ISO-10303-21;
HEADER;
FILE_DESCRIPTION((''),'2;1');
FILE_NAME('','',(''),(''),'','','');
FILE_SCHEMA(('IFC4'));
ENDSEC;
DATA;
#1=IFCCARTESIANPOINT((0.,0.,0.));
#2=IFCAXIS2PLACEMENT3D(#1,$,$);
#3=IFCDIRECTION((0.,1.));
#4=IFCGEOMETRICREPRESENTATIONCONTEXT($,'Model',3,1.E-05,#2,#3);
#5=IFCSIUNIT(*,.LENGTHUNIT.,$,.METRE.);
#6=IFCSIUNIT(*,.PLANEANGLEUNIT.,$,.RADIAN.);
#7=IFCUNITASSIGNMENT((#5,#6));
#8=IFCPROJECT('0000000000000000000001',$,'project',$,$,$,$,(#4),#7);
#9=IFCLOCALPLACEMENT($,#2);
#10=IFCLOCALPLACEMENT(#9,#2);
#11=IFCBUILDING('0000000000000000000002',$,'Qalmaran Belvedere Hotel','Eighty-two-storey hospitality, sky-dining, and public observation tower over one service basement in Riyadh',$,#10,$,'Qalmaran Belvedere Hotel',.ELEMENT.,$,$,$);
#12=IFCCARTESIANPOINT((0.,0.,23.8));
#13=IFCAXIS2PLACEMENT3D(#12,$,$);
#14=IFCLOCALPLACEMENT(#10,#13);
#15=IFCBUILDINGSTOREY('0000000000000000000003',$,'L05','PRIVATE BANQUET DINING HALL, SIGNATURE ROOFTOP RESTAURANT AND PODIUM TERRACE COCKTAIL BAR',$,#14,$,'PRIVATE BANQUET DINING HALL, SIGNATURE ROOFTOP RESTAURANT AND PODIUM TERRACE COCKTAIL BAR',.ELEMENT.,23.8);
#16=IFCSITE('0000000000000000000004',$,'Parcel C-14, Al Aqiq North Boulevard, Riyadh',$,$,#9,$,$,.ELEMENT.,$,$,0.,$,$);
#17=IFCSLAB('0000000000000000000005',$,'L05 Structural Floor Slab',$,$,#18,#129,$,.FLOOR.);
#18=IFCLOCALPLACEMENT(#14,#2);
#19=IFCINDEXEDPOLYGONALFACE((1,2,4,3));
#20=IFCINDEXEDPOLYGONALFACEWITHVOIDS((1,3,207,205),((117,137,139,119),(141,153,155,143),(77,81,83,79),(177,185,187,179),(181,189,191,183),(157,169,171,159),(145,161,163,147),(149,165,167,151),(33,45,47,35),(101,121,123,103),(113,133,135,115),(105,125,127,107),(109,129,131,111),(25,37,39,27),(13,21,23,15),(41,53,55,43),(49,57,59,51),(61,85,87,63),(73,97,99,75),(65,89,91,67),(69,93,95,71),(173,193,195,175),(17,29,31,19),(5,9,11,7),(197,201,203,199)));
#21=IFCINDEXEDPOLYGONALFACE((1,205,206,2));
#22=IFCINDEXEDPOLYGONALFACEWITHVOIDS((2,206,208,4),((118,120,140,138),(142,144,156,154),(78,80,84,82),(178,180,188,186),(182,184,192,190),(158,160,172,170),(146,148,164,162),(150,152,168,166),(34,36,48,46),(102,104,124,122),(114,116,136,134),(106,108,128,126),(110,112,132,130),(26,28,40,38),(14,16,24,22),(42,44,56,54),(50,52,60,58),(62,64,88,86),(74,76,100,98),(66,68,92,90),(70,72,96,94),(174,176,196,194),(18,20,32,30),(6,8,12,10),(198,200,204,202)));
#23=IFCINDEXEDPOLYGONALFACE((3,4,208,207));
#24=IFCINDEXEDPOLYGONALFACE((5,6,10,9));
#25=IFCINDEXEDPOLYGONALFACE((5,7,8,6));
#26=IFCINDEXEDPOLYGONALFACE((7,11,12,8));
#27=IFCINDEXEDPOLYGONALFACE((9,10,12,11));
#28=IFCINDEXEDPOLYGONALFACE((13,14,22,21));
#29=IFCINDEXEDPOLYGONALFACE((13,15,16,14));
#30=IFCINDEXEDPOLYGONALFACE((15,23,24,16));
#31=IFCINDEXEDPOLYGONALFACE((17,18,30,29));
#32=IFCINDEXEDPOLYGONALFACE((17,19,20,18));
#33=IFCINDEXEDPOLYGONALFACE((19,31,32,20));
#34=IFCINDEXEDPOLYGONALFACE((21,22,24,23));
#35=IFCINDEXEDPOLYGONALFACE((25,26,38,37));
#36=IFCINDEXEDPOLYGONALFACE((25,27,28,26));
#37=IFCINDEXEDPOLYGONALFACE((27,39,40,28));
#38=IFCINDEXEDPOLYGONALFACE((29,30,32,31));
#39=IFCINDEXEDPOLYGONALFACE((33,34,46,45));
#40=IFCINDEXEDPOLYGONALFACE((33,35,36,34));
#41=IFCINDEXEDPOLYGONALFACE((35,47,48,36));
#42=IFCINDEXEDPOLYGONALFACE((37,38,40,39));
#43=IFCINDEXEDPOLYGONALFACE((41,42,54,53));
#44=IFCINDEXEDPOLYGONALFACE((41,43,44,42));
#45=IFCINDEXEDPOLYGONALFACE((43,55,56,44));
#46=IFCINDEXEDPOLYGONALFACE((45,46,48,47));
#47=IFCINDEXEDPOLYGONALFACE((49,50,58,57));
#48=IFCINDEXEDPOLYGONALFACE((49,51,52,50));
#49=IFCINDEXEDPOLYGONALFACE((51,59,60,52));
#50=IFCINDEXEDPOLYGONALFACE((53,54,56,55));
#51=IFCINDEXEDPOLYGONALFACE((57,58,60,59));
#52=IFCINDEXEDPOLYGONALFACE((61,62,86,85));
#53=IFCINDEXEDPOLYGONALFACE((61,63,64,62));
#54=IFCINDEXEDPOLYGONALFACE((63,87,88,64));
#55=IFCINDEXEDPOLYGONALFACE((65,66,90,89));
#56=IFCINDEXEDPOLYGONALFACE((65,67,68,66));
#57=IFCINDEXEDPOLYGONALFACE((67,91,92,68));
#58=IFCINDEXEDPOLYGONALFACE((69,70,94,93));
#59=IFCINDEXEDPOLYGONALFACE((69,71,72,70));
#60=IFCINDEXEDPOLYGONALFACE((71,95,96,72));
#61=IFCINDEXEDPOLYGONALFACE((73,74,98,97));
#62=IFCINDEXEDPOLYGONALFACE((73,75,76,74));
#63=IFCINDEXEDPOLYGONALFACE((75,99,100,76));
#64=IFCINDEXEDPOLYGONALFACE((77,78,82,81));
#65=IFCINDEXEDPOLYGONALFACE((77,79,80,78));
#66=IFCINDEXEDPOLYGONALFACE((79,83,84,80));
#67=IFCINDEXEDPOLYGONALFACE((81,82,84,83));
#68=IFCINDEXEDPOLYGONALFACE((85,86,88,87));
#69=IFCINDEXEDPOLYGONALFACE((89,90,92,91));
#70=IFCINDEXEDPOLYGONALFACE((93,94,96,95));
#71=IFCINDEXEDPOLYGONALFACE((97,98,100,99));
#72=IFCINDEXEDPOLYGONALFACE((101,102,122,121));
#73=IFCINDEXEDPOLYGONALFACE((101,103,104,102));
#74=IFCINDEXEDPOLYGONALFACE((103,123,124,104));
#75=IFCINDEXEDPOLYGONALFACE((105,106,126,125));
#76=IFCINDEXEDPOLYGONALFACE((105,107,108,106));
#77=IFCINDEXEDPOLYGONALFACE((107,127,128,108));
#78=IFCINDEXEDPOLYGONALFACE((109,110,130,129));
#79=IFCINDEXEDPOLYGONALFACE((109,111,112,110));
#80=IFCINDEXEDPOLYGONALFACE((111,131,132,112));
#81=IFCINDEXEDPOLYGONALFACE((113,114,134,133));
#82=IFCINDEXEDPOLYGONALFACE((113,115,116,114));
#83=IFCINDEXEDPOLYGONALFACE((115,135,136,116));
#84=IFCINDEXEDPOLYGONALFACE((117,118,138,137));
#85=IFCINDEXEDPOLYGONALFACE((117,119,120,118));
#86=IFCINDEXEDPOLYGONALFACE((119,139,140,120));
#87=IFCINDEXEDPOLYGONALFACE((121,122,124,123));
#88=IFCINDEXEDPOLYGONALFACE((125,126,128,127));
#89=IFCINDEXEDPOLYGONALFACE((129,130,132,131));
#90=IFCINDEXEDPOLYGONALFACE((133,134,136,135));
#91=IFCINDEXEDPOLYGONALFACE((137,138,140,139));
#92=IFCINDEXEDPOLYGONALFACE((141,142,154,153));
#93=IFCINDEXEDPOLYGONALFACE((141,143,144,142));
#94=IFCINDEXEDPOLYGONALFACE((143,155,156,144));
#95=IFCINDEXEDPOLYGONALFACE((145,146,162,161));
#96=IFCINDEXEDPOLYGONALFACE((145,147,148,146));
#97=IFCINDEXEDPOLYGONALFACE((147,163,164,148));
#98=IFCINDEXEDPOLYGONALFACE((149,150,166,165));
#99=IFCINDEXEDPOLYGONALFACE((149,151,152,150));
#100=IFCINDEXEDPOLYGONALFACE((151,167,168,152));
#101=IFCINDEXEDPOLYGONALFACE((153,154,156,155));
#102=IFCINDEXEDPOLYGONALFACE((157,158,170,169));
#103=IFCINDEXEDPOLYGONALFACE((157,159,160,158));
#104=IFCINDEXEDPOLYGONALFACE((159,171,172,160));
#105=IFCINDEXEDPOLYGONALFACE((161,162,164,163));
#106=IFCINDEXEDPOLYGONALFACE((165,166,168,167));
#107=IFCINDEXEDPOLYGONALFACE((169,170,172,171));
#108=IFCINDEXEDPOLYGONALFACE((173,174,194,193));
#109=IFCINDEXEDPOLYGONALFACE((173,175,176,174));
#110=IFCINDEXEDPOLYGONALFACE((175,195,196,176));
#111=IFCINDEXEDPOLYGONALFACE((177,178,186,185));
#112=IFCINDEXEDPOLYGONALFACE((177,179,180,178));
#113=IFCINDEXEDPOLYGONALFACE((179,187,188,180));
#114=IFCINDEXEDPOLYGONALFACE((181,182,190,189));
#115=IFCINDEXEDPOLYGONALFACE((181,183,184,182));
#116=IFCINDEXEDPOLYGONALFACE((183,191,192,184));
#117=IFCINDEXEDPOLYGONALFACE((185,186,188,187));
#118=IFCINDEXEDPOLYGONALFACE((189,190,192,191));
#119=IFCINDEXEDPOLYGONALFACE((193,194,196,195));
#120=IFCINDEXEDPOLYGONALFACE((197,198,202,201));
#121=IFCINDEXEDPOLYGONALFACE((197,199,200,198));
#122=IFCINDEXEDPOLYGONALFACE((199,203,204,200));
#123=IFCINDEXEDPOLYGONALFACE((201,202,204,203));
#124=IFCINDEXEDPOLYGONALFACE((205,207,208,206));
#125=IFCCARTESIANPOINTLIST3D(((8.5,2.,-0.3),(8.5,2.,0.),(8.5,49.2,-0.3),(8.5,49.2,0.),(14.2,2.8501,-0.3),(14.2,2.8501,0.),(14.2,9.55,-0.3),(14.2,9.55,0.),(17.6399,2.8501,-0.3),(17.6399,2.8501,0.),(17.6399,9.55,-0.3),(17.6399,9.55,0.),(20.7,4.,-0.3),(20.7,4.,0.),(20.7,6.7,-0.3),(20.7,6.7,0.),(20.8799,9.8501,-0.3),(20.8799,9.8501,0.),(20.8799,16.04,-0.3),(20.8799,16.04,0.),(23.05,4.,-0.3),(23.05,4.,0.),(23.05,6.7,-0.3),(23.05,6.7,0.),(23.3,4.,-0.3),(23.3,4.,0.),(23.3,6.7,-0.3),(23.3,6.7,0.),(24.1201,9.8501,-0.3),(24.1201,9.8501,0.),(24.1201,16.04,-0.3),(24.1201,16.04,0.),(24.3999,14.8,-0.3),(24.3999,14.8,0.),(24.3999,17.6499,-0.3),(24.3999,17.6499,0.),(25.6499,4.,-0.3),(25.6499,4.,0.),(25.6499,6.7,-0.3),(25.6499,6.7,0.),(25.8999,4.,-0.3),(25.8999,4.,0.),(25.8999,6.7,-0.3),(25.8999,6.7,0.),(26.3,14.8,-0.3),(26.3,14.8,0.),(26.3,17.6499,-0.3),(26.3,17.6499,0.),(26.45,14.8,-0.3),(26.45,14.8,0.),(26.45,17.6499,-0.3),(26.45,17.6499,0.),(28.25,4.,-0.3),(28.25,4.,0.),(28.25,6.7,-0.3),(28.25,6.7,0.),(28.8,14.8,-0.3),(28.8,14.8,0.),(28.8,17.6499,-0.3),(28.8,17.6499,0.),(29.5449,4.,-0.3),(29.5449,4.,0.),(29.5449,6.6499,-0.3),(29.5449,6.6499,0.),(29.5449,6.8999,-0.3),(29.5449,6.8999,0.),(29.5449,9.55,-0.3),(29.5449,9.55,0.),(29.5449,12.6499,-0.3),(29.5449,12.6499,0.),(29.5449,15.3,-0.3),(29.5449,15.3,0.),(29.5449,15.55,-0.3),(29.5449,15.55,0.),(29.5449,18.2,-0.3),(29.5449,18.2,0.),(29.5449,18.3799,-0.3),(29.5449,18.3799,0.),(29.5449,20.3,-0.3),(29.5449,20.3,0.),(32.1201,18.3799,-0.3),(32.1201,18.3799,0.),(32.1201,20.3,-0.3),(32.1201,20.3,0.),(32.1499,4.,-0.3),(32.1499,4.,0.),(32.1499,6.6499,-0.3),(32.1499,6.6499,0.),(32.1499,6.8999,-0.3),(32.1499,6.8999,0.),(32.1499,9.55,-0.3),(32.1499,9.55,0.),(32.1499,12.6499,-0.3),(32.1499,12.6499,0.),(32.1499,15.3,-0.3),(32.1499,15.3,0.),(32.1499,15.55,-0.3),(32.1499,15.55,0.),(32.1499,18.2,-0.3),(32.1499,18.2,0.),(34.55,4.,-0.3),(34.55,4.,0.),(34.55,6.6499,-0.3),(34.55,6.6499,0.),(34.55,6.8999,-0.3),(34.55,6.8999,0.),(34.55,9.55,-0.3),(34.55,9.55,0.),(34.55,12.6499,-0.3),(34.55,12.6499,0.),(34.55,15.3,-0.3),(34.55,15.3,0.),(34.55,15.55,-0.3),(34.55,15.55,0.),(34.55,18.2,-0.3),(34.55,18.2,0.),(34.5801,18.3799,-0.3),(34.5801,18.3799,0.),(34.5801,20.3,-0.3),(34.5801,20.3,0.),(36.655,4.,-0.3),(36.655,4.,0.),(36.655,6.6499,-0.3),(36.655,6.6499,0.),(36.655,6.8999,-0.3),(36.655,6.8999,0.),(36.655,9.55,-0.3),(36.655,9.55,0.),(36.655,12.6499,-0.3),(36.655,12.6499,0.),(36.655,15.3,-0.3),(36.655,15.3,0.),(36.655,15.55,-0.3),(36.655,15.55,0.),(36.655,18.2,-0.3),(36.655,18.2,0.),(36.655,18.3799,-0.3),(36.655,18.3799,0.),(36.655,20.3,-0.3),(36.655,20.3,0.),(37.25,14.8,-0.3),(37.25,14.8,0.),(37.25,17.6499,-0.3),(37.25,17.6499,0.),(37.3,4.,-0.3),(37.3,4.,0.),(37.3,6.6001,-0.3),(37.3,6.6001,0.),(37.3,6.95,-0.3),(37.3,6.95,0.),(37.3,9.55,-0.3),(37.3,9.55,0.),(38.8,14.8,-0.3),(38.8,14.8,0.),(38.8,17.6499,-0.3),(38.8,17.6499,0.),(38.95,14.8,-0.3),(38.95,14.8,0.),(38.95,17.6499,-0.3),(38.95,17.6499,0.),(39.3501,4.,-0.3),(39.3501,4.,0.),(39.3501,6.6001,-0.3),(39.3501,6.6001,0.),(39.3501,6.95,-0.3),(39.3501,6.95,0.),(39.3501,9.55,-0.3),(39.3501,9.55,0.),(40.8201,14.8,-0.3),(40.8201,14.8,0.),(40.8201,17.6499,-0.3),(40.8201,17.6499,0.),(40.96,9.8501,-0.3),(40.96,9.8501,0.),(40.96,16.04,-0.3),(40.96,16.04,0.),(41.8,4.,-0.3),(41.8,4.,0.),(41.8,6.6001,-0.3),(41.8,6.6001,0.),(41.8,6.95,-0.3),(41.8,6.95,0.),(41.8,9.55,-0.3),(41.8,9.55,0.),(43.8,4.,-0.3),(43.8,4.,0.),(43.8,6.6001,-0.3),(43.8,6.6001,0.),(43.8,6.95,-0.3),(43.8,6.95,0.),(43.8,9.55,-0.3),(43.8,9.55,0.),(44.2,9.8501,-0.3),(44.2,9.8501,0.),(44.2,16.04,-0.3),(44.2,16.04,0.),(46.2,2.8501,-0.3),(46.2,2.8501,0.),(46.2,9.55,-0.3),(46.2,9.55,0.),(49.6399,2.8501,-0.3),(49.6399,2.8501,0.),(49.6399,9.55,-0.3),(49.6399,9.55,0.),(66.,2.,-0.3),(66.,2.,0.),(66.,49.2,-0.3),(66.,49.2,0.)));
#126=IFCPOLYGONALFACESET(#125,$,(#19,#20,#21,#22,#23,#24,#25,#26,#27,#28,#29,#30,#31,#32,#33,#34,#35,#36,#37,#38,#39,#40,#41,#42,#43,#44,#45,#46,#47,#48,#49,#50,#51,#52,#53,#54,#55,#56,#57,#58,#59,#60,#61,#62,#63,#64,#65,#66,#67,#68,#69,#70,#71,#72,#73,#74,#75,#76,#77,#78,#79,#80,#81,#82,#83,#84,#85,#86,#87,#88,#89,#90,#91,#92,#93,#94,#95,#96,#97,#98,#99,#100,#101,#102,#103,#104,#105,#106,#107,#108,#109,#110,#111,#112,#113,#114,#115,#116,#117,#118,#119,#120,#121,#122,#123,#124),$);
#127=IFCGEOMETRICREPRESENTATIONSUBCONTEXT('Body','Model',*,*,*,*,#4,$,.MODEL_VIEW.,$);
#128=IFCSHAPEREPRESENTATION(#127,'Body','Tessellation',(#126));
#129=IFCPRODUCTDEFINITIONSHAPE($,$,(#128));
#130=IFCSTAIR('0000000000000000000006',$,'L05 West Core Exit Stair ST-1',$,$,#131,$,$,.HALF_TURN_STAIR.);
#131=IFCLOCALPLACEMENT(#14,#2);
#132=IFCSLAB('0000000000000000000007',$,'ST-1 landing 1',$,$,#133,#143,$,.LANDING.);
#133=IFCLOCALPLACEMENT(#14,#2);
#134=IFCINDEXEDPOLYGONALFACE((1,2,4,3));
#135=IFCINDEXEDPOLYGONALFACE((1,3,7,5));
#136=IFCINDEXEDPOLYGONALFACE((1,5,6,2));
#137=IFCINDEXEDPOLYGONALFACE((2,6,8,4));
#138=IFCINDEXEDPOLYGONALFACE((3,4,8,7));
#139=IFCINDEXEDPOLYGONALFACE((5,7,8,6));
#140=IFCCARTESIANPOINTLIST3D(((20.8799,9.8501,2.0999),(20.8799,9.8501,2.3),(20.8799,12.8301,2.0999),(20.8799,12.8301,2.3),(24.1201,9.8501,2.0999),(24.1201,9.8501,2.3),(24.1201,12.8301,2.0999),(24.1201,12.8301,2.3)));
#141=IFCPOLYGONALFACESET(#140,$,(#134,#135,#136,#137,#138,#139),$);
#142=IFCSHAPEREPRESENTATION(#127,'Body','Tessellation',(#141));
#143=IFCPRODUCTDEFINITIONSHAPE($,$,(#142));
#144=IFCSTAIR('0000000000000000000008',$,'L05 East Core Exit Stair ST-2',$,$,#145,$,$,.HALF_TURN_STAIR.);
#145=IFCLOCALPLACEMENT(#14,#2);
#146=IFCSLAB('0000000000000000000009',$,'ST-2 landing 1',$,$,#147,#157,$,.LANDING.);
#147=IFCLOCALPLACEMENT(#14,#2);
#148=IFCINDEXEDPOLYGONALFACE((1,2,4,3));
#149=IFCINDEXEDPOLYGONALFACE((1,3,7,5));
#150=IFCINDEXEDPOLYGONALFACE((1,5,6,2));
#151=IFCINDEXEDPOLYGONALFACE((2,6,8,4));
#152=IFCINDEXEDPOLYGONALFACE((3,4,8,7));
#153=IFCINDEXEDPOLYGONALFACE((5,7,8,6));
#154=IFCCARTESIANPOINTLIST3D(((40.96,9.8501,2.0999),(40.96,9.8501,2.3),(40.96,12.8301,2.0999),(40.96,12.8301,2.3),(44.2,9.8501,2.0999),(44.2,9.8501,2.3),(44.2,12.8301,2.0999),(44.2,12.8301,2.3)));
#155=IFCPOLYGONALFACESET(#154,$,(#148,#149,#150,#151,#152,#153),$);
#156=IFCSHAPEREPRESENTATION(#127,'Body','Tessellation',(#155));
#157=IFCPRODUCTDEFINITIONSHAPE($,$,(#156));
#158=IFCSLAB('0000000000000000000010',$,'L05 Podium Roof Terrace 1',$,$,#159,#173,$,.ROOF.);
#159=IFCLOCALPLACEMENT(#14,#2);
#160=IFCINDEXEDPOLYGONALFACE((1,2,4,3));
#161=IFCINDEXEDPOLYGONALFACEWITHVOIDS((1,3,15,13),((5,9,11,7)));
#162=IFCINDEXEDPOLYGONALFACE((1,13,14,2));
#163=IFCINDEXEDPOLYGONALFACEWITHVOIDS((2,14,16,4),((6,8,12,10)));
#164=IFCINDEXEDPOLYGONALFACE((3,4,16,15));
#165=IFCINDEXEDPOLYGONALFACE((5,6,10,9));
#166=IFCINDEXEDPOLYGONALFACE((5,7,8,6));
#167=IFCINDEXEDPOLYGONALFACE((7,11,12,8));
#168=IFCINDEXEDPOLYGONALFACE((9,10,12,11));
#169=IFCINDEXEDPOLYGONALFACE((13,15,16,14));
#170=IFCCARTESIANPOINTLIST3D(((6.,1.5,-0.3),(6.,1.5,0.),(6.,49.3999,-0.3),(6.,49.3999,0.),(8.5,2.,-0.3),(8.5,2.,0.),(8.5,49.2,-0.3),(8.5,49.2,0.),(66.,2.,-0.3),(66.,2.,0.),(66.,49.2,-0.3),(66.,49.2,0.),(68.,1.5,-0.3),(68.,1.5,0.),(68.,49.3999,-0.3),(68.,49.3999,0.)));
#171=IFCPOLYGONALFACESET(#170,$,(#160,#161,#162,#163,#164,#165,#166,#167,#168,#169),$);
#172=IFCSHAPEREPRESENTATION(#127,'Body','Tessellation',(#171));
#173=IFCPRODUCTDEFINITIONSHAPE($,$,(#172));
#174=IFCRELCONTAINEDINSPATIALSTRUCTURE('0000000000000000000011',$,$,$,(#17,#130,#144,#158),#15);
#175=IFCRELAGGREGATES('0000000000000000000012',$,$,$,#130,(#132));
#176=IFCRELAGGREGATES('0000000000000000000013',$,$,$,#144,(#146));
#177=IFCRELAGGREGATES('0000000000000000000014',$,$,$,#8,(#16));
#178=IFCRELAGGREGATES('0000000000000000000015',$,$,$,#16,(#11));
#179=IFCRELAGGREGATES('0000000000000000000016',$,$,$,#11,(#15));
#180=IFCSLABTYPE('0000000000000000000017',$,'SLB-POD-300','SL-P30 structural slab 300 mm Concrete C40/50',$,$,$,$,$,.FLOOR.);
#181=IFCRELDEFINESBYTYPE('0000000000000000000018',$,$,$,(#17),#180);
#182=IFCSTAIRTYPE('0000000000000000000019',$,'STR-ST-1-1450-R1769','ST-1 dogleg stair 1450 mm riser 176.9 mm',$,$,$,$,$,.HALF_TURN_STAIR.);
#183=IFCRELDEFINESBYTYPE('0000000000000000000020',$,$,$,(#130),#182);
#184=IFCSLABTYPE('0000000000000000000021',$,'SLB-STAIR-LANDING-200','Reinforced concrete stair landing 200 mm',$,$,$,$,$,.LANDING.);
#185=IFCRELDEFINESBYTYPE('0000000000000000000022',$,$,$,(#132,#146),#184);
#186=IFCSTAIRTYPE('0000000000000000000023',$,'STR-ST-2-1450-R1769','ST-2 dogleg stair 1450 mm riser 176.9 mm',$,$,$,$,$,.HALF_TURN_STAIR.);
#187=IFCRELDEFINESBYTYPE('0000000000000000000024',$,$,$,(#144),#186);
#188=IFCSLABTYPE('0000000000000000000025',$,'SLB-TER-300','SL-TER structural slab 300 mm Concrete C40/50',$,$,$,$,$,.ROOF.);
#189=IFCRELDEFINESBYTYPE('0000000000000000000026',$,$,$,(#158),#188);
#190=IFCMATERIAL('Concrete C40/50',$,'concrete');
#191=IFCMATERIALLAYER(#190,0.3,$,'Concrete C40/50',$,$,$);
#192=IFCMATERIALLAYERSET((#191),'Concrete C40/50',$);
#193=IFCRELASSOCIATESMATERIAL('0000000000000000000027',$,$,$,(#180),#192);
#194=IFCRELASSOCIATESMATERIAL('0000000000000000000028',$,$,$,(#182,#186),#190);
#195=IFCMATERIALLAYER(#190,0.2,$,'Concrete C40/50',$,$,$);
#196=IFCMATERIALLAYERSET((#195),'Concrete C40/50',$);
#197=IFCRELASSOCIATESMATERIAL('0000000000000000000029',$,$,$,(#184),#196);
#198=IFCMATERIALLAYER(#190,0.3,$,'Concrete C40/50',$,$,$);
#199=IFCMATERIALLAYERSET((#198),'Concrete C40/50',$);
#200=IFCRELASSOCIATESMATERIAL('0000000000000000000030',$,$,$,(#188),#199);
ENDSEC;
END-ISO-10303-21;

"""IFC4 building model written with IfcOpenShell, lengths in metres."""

from ifc_helpers import new_model, si_unit, direction, frame, origin, place, context, subcontext, project, spatial, polyline, outline, extrude, material, layer, layer_set, type_object, element, aggregate, save


model = new_model("IFC4")

# Units and contexts
model_context = context("Model", 3, precision=1e-05, world=origin(), true_north=direction((0.0, 1.0)))
body_context = subcontext(model_context, "Body", "Model", "MODEL_VIEW")
ifc_project = project(units=[si_unit("LENGTHUNIT", "METRE"), si_unit("PLANEANGLEUNIT", "RADIAN")], contexts=[model_context])

# Site, building, storey
site_placement = place(None, origin())
site = spatial("IfcSite", under=ifc_project, at=site_placement, Name="Parcel C-14, Al Aqiq North Boulevard, Riyadh", CompositionType="ELEMENT", RefElevation=0.0)
building_placement = place(site_placement, origin())
building = spatial("IfcBuilding", under=site, at=building_placement, Name="Qalmaran Belvedere Hotel", Description="Eighty-two-storey hospitality, sky-dining, and public observation tower over one service basement in Riyadh", LongName="Qalmaran Belvedere Hotel", CompositionType="ELEMENT")
storey_placement = place(building_placement, frame((0.0, 0.0, 23.8)))
storey = spatial("IfcBuildingStorey", under=building, at=storey_placement, Name="L05", Description="PRIVATE BANQUET DINING HALL, SIGNATURE ROOFTOP RESTAURANT AND PODIUM TERRACE COCKTAIL BAR", LongName="PRIVATE BANQUET DINING HALL, SIGNATURE ROOFTOP RESTAURANT AND PODIUM TERRACE COCKTAIL BAR", CompositionType="ELEMENT", Elevation=23.8)

# Slab
ifc_material_1 = material(Name="Concrete C40/50", Category="concrete")
ifc_layer_1 = layer(ifc_material_1, 0.3, Name="Concrete C40/50")
ifc_layer_set_1 = layer_set([ifc_layer_1], Name="Concrete C40/50")
slab_type_1 = type_object("IfcSlabType", Name="SLB-POD-300", Description="SL-P30 structural slab 300 mm Concrete C40/50", PredefinedType="FLOOR", material=ifc_layer_set_1)
slab_1_placement = place(storey_placement, frame((0.0, 0.0, -0.3)))
element("IfcSlab", 1, at=slab_1_placement, inside=storey, type_object=slab_type_1, Name="L05 Structural Floor Slab", PredefinedType="FLOOR", context=body_context, shape_type="SweptSolid", body=[
    extrude(outline(polyline([(8.5, 2.0), (66.0, 2.0), (66.0, 49.2), (8.5, 49.2), (8.5, 2.0)]), holes=[polyline([(20.8799, 9.8501), (24.1201, 9.8501), (24.1201, 16.04), (20.8799, 16.04), (20.8799, 9.8501)]), polyline([(40.96, 9.8501), (44.2, 9.8501), (44.2, 16.04), (40.96, 16.04), (40.96, 9.8501)]), polyline([(14.2, 2.8501), (17.6399, 2.8501), (17.6399, 9.55), (14.2, 9.55), (14.2, 2.8501)]), polyline([(46.2, 2.8501), (49.6399, 2.8501), (49.6399, 9.55), (46.2, 9.55), (46.2, 2.8501)]), polyline([(29.5449, 4.0), (32.1499, 4.0), (32.1499, 6.6499), (29.5449, 6.6499), (29.5449, 4.0)]), polyline([(29.5449, 6.8999), (32.1499, 6.8999), (32.1499, 9.55), (29.5449, 9.55), (29.5449, 6.8999)]), polyline([(34.55, 4.0), (36.655, 4.0), (36.655, 6.6499), (34.55, 6.6499), (34.55, 4.0)]), polyline([(34.55, 6.8999), (36.655, 6.8999), (36.655, 9.55), (34.55, 9.55), (34.55, 6.8999)]), polyline([(29.5449, 12.6499), (32.1499, 12.6499), (32.1499, 15.3), (29.5449, 15.3), (29.5449, 12.6499)]), polyline([(29.5449, 15.55), (32.1499, 15.55), (32.1499, 18.2), (29.5449, 18.2), (29.5449, 15.55)]), polyline([(34.55, 12.6499), (36.655, 12.6499), (36.655, 15.3), (34.55, 15.3), (34.55, 12.6499)]), polyline([(34.55, 15.55), (36.655, 15.55), (36.655, 18.2), (34.55, 18.2), (34.55, 15.55)]), polyline([(37.3, 4.0), (39.3501, 4.0), (39.3501, 6.6001), (37.3, 6.6001), (37.3, 4.0)]), polyline([(37.3, 6.95), (39.3501, 6.95), (39.3501, 9.55), (37.3, 9.55), (37.3, 6.95)]), polyline([(41.8, 4.0), (43.8, 4.0), (43.8, 6.6001), (41.8, 6.6001), (41.8, 4.0)]), polyline([(41.8, 6.95), (43.8, 6.95), (43.8, 9.55), (41.8, 9.55), (41.8, 6.95)]), polyline([(20.7, 4.0), (23.05, 4.0), (23.05, 6.7), (20.7, 6.7), (20.7, 4.0)]), polyline([(23.3, 4.0), (25.6499, 4.0), (25.6499, 6.7), (23.3, 6.7), (23.3, 4.0)]), polyline([(25.8999, 4.0), (28.25, 4.0), (28.25, 6.7), (25.8999, 6.7), (25.8999, 4.0)]), polyline([(24.3999, 14.8), (26.3, 14.8), (26.3, 17.6499), (24.3999, 17.6499), (24.3999, 14.8)]), polyline([(38.95, 14.8), (40.8201, 14.8), (40.8201, 17.6499), (38.95, 17.6499), (38.95, 14.8)]), polyline([(26.45, 14.8), (28.8, 14.8), (28.8, 17.6499), (26.45, 17.6499), (26.45, 14.8)]), polyline([(37.25, 14.8), (38.8, 14.8), (38.8, 17.6499), (37.25, 17.6499), (37.25, 14.8)]), polyline([(29.5449, 18.3799), (32.1201, 18.3799), (32.1201, 20.3), (29.5449, 20.3), (29.5449, 18.3799)]), polyline([(34.5801, 18.3799), (36.655, 18.3799), (36.655, 20.3), (34.5801, 20.3), (34.5801, 18.3799)])]), origin(), (0.0, 0.0, 1.0), 0.3),
])

# Stairs, slabs
stair_type_1 = type_object("IfcStairType", Name="STR-ST-1-1450-R1769", Description="ST-1 dogleg stair 1450 mm riser 176.9 mm", PredefinedType="HALF_TURN_STAIR", material=ifc_material_1)
stair_1_placement = place(storey_placement, origin())
stair_1 = element("IfcStair", 2, at=stair_1_placement, inside=storey, type_object=stair_type_1, Name="L05 West Core Exit Stair ST-1", PredefinedType="HALF_TURN_STAIR")
ifc_layer_2 = layer(ifc_material_1, 0.2, Name="Concrete C40/50")
ifc_layer_set_2 = layer_set([ifc_layer_2], Name="Concrete C40/50")
slab_type_2 = type_object("IfcSlabType", Name="SLB-STAIR-LANDING-200", Description="Reinforced concrete stair landing 200 mm", PredefinedType="LANDING", material=ifc_layer_set_2)
slab_2_placement = place(storey_placement, frame((0.0, 0.0, 2.0999)))
slab_2 = element("IfcSlab", 3, at=slab_2_placement, type_object=slab_type_2, Name="ST-1 landing 1", PredefinedType="LANDING", context=body_context, shape_type="SweptSolid", body=[
    extrude(outline(polyline([(20.8799, 12.8301), (20.8799, 9.8501), (24.1201, 9.8501), (24.1201, 12.8301), (20.8799, 12.8301)])), origin(), (0.0, 0.0, 1.0), 0.2002),
])
aggregate(stair_1, [slab_2])
stair_type_2 = type_object("IfcStairType", Name="STR-ST-2-1450-R1769", Description="ST-2 dogleg stair 1450 mm riser 176.9 mm", PredefinedType="HALF_TURN_STAIR", material=ifc_material_1)
stair_2_placement = place(storey_placement, origin())
stair_2 = element("IfcStair", 4, at=stair_2_placement, inside=storey, type_object=stair_type_2, Name="L05 East Core Exit Stair ST-2", PredefinedType="HALF_TURN_STAIR")
slab_3_placement = place(storey_placement, frame((0.0, 0.0, 2.0999)))
slab_3 = element("IfcSlab", 5, at=slab_3_placement, type_object=slab_type_2, Name="ST-2 landing 1", PredefinedType="LANDING", context=body_context, shape_type="SweptSolid", body=[
    extrude(outline(polyline([(40.96, 12.8301), (40.96, 9.8501), (44.2, 9.8501), (44.2, 12.8301), (40.96, 12.8301)])), origin(), (0.0, 0.0, 1.0), 0.2002),
])
aggregate(stair_2, [slab_3])

# Slab
ifc_layer_3 = layer(ifc_material_1, 0.3, Name="Concrete C40/50")
ifc_layer_set_3 = layer_set([ifc_layer_3], Name="Concrete C40/50")
slab_type_3 = type_object("IfcSlabType", Name="SLB-TER-300", Description="SL-TER structural slab 300 mm Concrete C40/50", PredefinedType="ROOF", material=ifc_layer_set_3)
slab_4_placement = place(storey_placement, frame((0.0, 0.0, -0.3)))
element("IfcSlab", 6, at=slab_4_placement, inside=storey, type_object=slab_type_3, Name="L05 Podium Roof Terrace 1", PredefinedType="ROOF", context=body_context, shape_type="SweptSolid", body=[
    extrude(outline(polyline([(6.0, 49.3999), (68.0, 49.3999), (68.0, 1.5), (6.0, 1.5), (6.0, 49.3999)]), holes=[polyline([(66.0, 2.0), (66.0, 49.2), (8.5, 49.2), (8.5, 2.0), (66.0, 2.0)])]), origin(), (0.0, 0.0, 1.0), 0.3),
])

save(model, "model.ifc")
